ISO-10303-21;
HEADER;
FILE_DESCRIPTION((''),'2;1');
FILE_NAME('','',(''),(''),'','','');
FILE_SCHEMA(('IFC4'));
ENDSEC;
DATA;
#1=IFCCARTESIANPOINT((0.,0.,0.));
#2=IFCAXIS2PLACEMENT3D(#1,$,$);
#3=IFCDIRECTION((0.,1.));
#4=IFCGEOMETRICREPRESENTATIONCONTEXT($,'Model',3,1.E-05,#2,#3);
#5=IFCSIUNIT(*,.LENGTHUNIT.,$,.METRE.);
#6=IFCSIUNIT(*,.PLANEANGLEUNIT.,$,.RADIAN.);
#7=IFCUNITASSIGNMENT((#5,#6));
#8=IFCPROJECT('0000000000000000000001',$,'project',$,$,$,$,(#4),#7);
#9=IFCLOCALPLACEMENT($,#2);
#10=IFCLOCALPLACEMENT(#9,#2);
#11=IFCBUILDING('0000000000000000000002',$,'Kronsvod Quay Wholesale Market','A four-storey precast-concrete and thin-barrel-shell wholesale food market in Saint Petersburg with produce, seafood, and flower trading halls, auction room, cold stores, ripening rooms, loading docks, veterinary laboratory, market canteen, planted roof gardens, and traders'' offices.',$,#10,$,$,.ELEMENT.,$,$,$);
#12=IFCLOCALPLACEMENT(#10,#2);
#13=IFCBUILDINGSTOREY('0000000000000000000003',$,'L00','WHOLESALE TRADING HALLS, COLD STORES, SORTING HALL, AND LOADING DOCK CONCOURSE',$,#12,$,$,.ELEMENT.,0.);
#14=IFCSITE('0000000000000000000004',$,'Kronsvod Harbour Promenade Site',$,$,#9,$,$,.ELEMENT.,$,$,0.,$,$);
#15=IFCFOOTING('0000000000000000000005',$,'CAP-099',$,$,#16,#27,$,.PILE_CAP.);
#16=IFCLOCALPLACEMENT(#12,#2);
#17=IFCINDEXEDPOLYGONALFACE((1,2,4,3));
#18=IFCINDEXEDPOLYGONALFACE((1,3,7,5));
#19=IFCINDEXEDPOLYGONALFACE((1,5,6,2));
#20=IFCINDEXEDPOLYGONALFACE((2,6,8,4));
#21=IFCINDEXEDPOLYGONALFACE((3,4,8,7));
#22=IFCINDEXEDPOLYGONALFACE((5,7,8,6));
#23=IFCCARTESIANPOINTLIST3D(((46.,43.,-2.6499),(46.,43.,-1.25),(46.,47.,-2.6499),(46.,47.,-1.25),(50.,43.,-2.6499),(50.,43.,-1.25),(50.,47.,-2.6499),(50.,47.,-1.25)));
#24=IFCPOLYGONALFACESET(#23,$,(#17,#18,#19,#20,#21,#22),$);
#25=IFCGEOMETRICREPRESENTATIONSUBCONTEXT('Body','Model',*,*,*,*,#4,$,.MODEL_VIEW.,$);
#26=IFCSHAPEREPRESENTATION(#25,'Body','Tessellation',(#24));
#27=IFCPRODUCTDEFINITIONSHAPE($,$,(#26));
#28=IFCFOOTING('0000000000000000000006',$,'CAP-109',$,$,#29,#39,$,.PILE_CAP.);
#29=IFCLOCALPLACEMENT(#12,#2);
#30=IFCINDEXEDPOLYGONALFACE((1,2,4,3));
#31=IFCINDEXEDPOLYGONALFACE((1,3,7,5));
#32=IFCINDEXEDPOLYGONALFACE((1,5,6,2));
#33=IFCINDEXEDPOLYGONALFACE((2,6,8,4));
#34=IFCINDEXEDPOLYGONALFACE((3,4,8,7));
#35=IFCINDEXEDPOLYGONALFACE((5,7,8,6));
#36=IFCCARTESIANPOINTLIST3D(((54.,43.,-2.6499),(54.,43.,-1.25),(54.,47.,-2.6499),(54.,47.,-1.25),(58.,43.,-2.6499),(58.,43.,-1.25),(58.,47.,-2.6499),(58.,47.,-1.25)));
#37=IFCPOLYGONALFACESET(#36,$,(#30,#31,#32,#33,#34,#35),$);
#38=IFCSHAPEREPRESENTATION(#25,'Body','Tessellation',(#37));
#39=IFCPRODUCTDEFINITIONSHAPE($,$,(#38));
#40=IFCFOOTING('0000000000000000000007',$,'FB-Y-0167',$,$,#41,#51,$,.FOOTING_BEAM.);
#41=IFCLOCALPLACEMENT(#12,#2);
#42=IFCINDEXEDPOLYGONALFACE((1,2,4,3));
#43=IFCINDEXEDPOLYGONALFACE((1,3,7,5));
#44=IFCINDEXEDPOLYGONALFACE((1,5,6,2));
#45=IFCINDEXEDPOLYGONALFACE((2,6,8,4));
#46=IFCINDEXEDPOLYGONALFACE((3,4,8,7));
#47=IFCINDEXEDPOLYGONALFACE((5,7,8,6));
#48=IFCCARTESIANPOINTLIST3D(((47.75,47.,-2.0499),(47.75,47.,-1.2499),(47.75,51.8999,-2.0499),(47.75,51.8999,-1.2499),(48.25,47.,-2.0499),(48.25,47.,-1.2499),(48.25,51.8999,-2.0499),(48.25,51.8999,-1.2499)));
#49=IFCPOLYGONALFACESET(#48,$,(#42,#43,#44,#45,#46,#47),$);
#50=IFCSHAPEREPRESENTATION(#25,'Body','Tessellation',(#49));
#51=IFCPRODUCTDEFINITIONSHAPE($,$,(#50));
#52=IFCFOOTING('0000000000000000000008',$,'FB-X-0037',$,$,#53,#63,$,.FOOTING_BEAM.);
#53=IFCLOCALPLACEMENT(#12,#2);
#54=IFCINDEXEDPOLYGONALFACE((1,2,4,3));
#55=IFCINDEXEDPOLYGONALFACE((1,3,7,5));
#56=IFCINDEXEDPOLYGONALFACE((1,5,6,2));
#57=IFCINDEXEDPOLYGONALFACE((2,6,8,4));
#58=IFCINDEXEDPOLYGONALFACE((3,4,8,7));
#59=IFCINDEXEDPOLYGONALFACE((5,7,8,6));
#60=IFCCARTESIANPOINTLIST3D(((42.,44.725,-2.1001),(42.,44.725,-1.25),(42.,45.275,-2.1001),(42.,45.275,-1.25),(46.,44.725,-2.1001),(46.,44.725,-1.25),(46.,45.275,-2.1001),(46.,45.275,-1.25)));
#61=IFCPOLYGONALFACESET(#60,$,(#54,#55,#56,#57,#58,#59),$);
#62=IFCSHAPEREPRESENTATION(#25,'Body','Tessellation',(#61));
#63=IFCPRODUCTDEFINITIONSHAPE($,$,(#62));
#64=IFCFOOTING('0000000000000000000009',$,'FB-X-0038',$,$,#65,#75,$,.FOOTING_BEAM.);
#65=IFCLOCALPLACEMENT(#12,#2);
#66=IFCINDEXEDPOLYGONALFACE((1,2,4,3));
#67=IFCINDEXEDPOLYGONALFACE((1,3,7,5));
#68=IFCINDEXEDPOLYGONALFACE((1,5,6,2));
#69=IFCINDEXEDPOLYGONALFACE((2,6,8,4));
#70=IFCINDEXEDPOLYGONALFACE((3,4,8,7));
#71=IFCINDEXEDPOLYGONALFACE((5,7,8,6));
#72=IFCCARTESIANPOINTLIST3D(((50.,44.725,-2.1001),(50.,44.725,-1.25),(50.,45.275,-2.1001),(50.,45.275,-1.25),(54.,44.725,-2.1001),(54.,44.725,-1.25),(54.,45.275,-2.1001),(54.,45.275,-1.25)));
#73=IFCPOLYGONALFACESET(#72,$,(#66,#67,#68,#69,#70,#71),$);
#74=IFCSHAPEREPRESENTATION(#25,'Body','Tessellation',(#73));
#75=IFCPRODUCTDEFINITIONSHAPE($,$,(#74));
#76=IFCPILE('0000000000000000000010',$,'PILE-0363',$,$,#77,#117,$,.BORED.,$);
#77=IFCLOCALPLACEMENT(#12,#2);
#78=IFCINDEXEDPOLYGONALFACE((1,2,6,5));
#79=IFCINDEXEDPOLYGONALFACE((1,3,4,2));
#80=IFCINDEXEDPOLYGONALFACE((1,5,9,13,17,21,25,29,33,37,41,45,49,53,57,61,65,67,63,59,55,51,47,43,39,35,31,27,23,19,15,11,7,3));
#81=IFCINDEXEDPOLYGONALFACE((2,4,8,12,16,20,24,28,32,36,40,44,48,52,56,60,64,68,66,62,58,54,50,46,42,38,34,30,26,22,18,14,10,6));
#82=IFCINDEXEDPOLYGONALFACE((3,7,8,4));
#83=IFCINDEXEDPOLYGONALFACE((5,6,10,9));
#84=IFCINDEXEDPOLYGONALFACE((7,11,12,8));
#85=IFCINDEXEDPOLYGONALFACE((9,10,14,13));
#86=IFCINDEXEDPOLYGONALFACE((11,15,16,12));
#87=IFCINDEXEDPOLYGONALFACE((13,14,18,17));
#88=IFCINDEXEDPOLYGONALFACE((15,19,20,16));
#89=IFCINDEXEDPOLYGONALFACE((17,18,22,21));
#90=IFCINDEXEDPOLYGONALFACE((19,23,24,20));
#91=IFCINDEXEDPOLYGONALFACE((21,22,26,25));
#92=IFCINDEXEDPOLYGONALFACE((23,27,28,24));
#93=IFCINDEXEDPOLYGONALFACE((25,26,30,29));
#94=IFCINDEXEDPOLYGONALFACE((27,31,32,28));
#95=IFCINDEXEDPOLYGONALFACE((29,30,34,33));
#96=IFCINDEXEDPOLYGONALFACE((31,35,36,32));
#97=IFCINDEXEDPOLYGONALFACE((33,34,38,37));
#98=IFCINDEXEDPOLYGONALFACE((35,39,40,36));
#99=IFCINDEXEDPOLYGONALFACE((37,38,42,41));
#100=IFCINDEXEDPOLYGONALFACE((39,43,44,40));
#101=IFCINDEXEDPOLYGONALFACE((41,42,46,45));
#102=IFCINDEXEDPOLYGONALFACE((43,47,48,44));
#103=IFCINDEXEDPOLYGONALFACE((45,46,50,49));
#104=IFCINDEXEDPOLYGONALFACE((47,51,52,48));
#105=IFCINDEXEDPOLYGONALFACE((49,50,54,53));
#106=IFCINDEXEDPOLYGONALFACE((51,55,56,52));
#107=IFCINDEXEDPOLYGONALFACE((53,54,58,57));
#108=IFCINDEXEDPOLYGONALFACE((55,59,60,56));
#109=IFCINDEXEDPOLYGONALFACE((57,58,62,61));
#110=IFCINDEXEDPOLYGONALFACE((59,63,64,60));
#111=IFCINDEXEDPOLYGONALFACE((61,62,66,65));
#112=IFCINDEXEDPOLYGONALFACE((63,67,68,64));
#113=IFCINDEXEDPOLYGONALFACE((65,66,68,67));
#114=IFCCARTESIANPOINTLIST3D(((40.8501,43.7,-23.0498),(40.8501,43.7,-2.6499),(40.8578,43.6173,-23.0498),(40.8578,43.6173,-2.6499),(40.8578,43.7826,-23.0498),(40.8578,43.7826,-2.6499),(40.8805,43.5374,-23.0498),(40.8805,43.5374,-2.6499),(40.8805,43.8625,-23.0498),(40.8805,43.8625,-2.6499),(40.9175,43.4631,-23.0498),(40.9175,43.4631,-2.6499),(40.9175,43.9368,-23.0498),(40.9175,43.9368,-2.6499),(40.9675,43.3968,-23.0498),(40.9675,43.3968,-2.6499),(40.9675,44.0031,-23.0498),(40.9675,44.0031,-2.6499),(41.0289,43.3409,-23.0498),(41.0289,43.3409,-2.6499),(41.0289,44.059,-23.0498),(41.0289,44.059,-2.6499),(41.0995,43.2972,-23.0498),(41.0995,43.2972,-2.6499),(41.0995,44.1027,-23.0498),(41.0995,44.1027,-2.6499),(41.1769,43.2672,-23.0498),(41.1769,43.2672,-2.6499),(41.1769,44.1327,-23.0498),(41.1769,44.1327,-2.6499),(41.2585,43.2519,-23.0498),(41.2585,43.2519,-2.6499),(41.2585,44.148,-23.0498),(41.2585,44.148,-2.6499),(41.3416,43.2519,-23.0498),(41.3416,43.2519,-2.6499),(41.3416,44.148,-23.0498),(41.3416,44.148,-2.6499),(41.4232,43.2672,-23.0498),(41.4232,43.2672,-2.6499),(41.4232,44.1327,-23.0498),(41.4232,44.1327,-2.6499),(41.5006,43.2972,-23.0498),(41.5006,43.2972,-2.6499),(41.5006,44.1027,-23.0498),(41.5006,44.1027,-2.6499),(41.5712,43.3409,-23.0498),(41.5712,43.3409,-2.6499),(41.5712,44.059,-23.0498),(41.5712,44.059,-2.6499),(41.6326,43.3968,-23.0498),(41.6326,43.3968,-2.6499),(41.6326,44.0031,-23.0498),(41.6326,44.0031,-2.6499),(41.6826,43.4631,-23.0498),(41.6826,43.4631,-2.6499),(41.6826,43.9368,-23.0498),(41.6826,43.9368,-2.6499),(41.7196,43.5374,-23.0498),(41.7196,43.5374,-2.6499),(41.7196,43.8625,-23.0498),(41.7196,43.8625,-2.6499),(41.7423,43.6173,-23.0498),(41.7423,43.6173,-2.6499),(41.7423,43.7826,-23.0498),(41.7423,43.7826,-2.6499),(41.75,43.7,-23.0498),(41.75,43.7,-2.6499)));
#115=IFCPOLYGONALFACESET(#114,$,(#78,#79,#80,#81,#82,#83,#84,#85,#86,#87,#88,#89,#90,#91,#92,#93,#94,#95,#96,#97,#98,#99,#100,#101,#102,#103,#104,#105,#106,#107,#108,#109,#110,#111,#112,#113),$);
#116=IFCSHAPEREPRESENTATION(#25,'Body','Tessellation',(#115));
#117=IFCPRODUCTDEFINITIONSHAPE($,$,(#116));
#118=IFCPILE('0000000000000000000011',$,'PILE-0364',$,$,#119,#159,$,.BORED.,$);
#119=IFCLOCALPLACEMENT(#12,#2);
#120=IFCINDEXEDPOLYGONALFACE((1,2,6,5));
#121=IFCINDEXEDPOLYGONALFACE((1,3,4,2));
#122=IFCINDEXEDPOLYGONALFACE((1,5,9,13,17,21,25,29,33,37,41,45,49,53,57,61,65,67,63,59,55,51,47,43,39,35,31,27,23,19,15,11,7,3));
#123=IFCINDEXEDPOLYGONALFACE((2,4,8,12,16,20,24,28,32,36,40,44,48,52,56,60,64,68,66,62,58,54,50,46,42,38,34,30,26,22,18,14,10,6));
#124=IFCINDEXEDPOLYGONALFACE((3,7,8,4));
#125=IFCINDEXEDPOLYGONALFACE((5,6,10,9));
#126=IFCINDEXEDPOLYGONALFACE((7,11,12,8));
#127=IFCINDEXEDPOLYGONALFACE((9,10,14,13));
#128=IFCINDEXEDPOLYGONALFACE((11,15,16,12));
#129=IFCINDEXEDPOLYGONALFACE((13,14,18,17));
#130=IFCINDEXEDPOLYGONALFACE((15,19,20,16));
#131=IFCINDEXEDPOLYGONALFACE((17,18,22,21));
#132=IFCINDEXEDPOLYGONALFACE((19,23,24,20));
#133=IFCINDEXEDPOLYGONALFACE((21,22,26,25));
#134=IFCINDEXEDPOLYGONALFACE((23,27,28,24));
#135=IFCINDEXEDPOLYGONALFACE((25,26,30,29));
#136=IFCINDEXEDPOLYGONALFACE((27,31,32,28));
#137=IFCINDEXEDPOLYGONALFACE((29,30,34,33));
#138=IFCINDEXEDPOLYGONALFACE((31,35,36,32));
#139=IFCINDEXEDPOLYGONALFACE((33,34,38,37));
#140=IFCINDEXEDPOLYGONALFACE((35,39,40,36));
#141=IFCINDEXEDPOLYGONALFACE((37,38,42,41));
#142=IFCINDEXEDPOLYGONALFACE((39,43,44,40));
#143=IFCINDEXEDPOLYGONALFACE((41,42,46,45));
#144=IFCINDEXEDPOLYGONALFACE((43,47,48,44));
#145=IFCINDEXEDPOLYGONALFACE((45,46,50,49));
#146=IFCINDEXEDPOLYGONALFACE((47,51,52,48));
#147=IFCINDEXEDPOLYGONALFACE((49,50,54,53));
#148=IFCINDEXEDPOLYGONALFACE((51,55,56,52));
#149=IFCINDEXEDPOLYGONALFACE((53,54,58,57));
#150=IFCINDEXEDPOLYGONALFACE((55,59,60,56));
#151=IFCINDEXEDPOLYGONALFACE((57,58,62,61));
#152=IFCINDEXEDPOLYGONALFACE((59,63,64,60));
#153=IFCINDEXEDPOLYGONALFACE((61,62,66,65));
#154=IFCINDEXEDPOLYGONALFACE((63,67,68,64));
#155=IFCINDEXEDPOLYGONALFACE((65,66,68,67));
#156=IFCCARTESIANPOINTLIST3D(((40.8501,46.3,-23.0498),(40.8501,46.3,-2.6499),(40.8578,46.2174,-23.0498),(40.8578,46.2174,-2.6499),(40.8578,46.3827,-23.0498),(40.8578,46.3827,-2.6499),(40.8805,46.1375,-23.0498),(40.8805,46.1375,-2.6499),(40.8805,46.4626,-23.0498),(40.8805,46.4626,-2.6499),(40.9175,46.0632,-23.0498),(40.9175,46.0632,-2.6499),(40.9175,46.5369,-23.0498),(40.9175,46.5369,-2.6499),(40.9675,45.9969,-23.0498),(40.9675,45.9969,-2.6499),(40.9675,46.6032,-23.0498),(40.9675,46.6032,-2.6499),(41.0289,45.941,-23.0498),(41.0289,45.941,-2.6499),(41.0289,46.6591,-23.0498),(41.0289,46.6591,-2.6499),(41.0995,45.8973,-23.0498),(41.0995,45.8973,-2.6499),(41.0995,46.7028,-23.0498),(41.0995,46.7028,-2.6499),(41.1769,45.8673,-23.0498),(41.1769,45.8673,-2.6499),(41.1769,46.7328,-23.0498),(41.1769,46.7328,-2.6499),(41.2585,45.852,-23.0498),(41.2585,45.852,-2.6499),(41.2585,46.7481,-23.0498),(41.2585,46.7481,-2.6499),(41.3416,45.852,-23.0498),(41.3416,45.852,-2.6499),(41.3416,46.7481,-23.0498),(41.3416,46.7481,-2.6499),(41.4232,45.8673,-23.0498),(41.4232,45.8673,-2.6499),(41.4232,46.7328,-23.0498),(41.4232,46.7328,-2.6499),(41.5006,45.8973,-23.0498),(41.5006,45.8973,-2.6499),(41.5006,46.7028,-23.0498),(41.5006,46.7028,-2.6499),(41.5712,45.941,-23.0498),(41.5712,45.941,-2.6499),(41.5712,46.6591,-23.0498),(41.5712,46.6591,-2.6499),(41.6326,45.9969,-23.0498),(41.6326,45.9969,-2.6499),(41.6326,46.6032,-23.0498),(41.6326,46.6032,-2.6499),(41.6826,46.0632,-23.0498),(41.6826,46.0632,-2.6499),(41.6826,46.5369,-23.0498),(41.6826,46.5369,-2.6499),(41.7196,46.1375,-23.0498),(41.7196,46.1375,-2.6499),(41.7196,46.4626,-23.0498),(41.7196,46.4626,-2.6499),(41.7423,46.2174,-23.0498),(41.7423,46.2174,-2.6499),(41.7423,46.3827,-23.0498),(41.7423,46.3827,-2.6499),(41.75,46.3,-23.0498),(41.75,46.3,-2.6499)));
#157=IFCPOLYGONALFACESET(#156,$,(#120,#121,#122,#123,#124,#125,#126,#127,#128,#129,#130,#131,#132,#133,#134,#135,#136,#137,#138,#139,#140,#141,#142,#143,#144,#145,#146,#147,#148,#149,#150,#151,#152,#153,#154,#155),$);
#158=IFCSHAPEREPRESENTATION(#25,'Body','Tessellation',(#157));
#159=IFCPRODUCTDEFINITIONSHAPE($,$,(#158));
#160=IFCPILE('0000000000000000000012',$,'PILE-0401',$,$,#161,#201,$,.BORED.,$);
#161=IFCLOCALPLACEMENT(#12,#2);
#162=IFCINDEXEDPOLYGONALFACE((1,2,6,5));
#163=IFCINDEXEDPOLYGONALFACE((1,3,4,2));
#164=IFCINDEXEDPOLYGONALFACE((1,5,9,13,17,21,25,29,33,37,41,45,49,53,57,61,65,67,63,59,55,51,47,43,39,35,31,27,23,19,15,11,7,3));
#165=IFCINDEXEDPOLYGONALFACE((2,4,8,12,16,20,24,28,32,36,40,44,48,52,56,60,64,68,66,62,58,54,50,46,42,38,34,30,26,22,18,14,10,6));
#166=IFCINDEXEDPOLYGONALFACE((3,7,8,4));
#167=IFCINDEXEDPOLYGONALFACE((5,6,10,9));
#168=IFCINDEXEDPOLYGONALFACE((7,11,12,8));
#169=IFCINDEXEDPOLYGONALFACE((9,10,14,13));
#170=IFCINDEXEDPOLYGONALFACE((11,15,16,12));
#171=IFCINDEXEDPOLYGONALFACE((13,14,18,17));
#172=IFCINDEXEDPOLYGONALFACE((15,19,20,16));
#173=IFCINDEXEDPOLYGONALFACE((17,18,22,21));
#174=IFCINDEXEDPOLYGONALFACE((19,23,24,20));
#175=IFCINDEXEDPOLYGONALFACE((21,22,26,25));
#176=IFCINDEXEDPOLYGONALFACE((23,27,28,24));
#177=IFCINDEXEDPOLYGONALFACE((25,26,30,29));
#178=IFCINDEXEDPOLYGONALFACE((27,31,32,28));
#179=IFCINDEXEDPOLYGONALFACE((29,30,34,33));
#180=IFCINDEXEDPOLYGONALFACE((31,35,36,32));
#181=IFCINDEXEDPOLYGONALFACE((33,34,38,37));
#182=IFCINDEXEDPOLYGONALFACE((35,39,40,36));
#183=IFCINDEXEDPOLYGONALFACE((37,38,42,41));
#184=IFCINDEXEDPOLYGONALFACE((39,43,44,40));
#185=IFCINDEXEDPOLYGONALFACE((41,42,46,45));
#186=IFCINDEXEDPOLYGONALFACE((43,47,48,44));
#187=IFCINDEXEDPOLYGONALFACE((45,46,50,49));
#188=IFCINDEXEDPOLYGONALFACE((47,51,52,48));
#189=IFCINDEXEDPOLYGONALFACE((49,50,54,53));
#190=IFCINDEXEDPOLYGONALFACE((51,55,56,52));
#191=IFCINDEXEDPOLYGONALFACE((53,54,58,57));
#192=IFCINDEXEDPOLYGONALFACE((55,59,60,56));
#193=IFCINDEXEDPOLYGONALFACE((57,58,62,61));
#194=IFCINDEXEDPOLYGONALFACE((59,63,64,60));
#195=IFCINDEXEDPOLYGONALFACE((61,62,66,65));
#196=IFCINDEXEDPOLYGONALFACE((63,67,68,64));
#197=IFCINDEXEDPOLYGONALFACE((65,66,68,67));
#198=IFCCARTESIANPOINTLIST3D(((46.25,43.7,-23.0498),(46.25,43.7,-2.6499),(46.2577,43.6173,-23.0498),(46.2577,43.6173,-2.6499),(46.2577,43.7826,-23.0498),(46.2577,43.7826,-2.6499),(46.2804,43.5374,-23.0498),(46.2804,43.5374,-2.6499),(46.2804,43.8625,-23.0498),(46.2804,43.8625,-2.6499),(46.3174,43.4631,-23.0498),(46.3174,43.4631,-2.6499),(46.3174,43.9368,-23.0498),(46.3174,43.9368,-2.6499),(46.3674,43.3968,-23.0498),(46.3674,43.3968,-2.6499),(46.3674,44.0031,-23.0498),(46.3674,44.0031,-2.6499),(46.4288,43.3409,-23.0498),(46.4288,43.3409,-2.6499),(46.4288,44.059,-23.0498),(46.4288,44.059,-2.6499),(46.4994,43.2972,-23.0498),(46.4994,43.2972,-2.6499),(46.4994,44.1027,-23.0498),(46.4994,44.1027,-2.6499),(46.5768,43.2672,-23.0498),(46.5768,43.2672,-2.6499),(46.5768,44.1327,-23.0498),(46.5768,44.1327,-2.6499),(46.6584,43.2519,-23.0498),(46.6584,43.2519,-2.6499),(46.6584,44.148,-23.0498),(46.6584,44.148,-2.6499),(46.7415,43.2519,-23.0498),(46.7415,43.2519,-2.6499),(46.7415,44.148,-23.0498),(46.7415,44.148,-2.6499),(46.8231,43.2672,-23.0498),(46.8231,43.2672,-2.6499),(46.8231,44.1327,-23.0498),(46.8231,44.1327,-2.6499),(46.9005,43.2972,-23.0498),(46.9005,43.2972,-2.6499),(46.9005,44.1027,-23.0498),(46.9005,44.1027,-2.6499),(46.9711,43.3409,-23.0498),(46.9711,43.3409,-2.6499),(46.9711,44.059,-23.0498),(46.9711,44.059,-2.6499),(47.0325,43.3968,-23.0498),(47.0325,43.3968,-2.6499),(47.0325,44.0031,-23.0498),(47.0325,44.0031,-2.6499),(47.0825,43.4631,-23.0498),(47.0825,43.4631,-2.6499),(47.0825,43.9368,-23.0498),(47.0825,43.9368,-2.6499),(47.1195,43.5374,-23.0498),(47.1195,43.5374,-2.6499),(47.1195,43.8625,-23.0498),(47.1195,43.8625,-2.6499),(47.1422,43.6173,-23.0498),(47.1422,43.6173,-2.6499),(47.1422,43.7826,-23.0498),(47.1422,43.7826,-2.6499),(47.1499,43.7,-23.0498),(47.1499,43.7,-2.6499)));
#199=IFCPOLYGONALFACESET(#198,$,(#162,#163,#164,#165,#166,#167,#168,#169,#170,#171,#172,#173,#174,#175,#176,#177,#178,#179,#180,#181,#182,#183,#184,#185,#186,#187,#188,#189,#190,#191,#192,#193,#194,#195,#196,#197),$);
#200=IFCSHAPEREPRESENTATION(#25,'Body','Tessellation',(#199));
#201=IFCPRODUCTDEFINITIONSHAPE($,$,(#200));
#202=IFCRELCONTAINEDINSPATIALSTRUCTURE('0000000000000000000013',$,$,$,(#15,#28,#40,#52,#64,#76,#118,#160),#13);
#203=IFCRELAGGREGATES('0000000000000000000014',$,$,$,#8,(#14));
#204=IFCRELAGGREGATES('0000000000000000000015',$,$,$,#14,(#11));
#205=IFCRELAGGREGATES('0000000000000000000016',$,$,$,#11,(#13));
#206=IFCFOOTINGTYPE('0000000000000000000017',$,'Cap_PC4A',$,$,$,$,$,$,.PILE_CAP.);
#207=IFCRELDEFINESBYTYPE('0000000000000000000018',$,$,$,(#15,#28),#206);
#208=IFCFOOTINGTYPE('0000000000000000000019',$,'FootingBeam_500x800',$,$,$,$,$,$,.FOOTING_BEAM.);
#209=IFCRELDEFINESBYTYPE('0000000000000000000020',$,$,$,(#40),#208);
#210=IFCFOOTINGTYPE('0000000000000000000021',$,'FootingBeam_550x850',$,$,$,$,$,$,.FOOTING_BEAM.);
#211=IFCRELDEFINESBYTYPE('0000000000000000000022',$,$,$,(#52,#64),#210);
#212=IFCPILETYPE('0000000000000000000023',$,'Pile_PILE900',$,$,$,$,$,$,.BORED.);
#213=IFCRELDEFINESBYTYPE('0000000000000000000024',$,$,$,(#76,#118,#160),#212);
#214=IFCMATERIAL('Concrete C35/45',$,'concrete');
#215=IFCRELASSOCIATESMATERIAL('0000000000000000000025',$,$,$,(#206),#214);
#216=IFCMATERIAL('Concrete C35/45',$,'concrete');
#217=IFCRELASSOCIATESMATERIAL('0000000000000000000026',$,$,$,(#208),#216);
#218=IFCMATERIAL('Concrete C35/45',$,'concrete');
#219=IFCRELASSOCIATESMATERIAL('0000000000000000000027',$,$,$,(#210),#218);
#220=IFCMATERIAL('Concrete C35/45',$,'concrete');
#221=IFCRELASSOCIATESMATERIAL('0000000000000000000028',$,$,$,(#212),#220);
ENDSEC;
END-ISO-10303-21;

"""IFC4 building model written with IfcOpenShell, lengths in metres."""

from ifc_helpers import new_model, si_unit, direction, frame, origin, origin_2d, place, context, subcontext, project, spatial, rectangle, circle, extrude, material, material_profile, profile_set, type_object, element, save


model = new_model("IFC4")

# Units and contexts
model_context = context("Model", 3, precision=1e-05, world=origin(), true_north=direction((0.0, 1.0)))
body_context = subcontext(model_context, "Body", "Model", "MODEL_VIEW")
ifc_project = project(units=[si_unit("LENGTHUNIT", "METRE"), si_unit("PLANEANGLEUNIT", "RADIAN")], contexts=[model_context])

# Site, building, storey
site_placement = place(None, origin())
site = spatial("IfcSite", under=ifc_project, at=site_placement, Name="Kronsvod Harbour Promenade Site", CompositionType="ELEMENT", RefElevation=0.0)
building_placement = place(site_placement, origin())
building = spatial("IfcBuilding", under=site, at=building_placement, Name="Kronsvod Quay Wholesale Market", Description="A four-storey precast-concrete and thin-barrel-shell wholesale food market in Saint Petersburg with produce, seafood, and flower trading halls, auction room, cold stores, ripening rooms, loading docks, veterinary laboratory, market canteen, planted roof gardens, and traders' offices.", CompositionType="ELEMENT")
storey_placement = place(building_placement, origin())
storey = spatial("IfcBuildingStorey", under=building, at=storey_placement, Name="L00", Description="WHOLESALE TRADING HALLS, COLD STORES, SORTING HALL, AND LOADING DOCK CONCOURSE", CompositionType="ELEMENT", Elevation=0.0)

# Footings
ifc_material_1 = material(Name="Concrete C35/45", Category="concrete")
footing_type_1 = type_object("IfcFootingType", Name="Cap_PC4A", PredefinedType="PILE_CAP", material=ifc_material_1)
for number, where, z_axis, x_axis, name in (
    (1, (48.0, 45.0, -2.6499), (0.0, 0.0, 1.0), (1.0, 0.0, 0.0), "CAP-099"),
    (2, (56.0, 45.0, -2.6499), (0.0, 0.0, 1.0), (1.0, 0.0, 0.0), "CAP-109"),
):
    element("IfcFooting", number, at=place(storey_placement, frame(where, z_axis=z_axis, x_axis=x_axis)), inside=storey, type_object=footing_type_1, Name=name, PredefinedType="PILE_CAP", context=body_context, shape_type="SweptSolid", body=[
        extrude(rectangle(XDim=4.0, YDim=4.0, at=origin_2d()), origin(), (0.0, 0.0, 1.0), 1.3999),
    ])
ifc_material_2 = material(Name="Concrete C35/45", Category="concrete")
ifc_material_profile_1 = material_profile(ifc_material_2, rectangle(XDim=0.5, YDim=0.8, at=origin_2d()), Name="FB-01")
ifc_profile_set_1 = profile_set([ifc_material_profile_1], Name="Concrete C35/45")
footing_type_2 = type_object("IfcFootingType", Name="FootingBeam_500x800", PredefinedType="FOOTING_BEAM", material=ifc_profile_set_1)
footing_placement = place(storey_placement, frame((48.0, 47.0, -1.6499), z_axis=(0.0, 1.0, 0.0), x_axis=(-1.0, 0.0, 0.0)))
element("IfcFooting", 3, at=footing_placement, inside=storey, type_object=footing_type_2, Name="FB-Y-0167", PredefinedType="FOOTING_BEAM", context=body_context, shape_type="SweptSolid", body=[
    extrude(rectangle(XDim=0.5, YDim=0.8, at=origin_2d()), origin(), (0.0, 0.0, 1.0), 4.8999),
])
ifc_material_3 = material(Name="Concrete C35/45", Category="concrete")
ifc_material_profile_2 = material_profile(ifc_material_3, rectangle(XDim=0.55, YDim=0.8501, at=origin_2d()), Name="FB-03")
ifc_profile_set_2 = profile_set([ifc_material_profile_2], Name="Concrete C35/45")
footing_type_3 = type_object("IfcFootingType", Name="FootingBeam_550x850", PredefinedType="FOOTING_BEAM", material=ifc_profile_set_2)
for number, where, z_axis, x_axis, name in (
    (4, (42.0, 45.0, -1.675), (1.0, 0.0, 0.0), (0.0, 1.0, 0.0), "FB-X-0037"),
    (5, (50.0, 45.0, -1.675), (1.0, 0.0, 0.0), (0.0, 1.0, 0.0), "FB-X-0038"),
):
    element("IfcFooting", number, at=place(storey_placement, frame(where, z_axis=z_axis, x_axis=x_axis)), inside=storey, type_object=footing_type_3, Name=name, PredefinedType="FOOTING_BEAM", context=body_context, shape_type="SweptSolid", body=[
        extrude(rectangle(XDim=0.55, YDim=0.8501, at=origin_2d()), origin(), (0.0, 0.0, 1.0), 4.0),
    ])

# Piles
ifc_material_4 = material(Name="Concrete C35/45", Category="concrete")
ifc_material_profile_3 = material_profile(ifc_material_4, circle(Radius=0.45, at=origin_2d()), Name="PILE900")
ifc_profile_set_3 = profile_set([ifc_material_profile_3], Name="Concrete C35/45")
pile_type = type_object("IfcPileType", Name="Pile_PILE900", PredefinedType="BORED", material=ifc_profile_set_3)
for number, where, z_axis, x_axis, name in (
    (6, (41.3, 43.7, -2.6499), (0.0, 0.0, -1.0), (1.0, 0.0, 0.0), "PILE-0363"),
    (7, (41.3, 46.3, -2.6499), (0.0, 0.0, -1.0), (1.0, 0.0, 0.0), "PILE-0364"),
    (8, (46.7, 43.7, -2.6499), (0.0, 0.0, -1.0), (1.0, 0.0, 0.0), "PILE-0401"),
):
    element("IfcPile", number, at=place(storey_placement, frame(where, z_axis=z_axis, x_axis=x_axis)), inside=storey, type_object=pile_type, Name=name, PredefinedType="BORED", context=body_context, shape_type="SweptSolid", body=[
        extrude(circle(Radius=0.45, at=origin_2d()), origin(), (0.0, 0.0, 1.0), 20.3999),
    ])

save(model, "model.ifc")
